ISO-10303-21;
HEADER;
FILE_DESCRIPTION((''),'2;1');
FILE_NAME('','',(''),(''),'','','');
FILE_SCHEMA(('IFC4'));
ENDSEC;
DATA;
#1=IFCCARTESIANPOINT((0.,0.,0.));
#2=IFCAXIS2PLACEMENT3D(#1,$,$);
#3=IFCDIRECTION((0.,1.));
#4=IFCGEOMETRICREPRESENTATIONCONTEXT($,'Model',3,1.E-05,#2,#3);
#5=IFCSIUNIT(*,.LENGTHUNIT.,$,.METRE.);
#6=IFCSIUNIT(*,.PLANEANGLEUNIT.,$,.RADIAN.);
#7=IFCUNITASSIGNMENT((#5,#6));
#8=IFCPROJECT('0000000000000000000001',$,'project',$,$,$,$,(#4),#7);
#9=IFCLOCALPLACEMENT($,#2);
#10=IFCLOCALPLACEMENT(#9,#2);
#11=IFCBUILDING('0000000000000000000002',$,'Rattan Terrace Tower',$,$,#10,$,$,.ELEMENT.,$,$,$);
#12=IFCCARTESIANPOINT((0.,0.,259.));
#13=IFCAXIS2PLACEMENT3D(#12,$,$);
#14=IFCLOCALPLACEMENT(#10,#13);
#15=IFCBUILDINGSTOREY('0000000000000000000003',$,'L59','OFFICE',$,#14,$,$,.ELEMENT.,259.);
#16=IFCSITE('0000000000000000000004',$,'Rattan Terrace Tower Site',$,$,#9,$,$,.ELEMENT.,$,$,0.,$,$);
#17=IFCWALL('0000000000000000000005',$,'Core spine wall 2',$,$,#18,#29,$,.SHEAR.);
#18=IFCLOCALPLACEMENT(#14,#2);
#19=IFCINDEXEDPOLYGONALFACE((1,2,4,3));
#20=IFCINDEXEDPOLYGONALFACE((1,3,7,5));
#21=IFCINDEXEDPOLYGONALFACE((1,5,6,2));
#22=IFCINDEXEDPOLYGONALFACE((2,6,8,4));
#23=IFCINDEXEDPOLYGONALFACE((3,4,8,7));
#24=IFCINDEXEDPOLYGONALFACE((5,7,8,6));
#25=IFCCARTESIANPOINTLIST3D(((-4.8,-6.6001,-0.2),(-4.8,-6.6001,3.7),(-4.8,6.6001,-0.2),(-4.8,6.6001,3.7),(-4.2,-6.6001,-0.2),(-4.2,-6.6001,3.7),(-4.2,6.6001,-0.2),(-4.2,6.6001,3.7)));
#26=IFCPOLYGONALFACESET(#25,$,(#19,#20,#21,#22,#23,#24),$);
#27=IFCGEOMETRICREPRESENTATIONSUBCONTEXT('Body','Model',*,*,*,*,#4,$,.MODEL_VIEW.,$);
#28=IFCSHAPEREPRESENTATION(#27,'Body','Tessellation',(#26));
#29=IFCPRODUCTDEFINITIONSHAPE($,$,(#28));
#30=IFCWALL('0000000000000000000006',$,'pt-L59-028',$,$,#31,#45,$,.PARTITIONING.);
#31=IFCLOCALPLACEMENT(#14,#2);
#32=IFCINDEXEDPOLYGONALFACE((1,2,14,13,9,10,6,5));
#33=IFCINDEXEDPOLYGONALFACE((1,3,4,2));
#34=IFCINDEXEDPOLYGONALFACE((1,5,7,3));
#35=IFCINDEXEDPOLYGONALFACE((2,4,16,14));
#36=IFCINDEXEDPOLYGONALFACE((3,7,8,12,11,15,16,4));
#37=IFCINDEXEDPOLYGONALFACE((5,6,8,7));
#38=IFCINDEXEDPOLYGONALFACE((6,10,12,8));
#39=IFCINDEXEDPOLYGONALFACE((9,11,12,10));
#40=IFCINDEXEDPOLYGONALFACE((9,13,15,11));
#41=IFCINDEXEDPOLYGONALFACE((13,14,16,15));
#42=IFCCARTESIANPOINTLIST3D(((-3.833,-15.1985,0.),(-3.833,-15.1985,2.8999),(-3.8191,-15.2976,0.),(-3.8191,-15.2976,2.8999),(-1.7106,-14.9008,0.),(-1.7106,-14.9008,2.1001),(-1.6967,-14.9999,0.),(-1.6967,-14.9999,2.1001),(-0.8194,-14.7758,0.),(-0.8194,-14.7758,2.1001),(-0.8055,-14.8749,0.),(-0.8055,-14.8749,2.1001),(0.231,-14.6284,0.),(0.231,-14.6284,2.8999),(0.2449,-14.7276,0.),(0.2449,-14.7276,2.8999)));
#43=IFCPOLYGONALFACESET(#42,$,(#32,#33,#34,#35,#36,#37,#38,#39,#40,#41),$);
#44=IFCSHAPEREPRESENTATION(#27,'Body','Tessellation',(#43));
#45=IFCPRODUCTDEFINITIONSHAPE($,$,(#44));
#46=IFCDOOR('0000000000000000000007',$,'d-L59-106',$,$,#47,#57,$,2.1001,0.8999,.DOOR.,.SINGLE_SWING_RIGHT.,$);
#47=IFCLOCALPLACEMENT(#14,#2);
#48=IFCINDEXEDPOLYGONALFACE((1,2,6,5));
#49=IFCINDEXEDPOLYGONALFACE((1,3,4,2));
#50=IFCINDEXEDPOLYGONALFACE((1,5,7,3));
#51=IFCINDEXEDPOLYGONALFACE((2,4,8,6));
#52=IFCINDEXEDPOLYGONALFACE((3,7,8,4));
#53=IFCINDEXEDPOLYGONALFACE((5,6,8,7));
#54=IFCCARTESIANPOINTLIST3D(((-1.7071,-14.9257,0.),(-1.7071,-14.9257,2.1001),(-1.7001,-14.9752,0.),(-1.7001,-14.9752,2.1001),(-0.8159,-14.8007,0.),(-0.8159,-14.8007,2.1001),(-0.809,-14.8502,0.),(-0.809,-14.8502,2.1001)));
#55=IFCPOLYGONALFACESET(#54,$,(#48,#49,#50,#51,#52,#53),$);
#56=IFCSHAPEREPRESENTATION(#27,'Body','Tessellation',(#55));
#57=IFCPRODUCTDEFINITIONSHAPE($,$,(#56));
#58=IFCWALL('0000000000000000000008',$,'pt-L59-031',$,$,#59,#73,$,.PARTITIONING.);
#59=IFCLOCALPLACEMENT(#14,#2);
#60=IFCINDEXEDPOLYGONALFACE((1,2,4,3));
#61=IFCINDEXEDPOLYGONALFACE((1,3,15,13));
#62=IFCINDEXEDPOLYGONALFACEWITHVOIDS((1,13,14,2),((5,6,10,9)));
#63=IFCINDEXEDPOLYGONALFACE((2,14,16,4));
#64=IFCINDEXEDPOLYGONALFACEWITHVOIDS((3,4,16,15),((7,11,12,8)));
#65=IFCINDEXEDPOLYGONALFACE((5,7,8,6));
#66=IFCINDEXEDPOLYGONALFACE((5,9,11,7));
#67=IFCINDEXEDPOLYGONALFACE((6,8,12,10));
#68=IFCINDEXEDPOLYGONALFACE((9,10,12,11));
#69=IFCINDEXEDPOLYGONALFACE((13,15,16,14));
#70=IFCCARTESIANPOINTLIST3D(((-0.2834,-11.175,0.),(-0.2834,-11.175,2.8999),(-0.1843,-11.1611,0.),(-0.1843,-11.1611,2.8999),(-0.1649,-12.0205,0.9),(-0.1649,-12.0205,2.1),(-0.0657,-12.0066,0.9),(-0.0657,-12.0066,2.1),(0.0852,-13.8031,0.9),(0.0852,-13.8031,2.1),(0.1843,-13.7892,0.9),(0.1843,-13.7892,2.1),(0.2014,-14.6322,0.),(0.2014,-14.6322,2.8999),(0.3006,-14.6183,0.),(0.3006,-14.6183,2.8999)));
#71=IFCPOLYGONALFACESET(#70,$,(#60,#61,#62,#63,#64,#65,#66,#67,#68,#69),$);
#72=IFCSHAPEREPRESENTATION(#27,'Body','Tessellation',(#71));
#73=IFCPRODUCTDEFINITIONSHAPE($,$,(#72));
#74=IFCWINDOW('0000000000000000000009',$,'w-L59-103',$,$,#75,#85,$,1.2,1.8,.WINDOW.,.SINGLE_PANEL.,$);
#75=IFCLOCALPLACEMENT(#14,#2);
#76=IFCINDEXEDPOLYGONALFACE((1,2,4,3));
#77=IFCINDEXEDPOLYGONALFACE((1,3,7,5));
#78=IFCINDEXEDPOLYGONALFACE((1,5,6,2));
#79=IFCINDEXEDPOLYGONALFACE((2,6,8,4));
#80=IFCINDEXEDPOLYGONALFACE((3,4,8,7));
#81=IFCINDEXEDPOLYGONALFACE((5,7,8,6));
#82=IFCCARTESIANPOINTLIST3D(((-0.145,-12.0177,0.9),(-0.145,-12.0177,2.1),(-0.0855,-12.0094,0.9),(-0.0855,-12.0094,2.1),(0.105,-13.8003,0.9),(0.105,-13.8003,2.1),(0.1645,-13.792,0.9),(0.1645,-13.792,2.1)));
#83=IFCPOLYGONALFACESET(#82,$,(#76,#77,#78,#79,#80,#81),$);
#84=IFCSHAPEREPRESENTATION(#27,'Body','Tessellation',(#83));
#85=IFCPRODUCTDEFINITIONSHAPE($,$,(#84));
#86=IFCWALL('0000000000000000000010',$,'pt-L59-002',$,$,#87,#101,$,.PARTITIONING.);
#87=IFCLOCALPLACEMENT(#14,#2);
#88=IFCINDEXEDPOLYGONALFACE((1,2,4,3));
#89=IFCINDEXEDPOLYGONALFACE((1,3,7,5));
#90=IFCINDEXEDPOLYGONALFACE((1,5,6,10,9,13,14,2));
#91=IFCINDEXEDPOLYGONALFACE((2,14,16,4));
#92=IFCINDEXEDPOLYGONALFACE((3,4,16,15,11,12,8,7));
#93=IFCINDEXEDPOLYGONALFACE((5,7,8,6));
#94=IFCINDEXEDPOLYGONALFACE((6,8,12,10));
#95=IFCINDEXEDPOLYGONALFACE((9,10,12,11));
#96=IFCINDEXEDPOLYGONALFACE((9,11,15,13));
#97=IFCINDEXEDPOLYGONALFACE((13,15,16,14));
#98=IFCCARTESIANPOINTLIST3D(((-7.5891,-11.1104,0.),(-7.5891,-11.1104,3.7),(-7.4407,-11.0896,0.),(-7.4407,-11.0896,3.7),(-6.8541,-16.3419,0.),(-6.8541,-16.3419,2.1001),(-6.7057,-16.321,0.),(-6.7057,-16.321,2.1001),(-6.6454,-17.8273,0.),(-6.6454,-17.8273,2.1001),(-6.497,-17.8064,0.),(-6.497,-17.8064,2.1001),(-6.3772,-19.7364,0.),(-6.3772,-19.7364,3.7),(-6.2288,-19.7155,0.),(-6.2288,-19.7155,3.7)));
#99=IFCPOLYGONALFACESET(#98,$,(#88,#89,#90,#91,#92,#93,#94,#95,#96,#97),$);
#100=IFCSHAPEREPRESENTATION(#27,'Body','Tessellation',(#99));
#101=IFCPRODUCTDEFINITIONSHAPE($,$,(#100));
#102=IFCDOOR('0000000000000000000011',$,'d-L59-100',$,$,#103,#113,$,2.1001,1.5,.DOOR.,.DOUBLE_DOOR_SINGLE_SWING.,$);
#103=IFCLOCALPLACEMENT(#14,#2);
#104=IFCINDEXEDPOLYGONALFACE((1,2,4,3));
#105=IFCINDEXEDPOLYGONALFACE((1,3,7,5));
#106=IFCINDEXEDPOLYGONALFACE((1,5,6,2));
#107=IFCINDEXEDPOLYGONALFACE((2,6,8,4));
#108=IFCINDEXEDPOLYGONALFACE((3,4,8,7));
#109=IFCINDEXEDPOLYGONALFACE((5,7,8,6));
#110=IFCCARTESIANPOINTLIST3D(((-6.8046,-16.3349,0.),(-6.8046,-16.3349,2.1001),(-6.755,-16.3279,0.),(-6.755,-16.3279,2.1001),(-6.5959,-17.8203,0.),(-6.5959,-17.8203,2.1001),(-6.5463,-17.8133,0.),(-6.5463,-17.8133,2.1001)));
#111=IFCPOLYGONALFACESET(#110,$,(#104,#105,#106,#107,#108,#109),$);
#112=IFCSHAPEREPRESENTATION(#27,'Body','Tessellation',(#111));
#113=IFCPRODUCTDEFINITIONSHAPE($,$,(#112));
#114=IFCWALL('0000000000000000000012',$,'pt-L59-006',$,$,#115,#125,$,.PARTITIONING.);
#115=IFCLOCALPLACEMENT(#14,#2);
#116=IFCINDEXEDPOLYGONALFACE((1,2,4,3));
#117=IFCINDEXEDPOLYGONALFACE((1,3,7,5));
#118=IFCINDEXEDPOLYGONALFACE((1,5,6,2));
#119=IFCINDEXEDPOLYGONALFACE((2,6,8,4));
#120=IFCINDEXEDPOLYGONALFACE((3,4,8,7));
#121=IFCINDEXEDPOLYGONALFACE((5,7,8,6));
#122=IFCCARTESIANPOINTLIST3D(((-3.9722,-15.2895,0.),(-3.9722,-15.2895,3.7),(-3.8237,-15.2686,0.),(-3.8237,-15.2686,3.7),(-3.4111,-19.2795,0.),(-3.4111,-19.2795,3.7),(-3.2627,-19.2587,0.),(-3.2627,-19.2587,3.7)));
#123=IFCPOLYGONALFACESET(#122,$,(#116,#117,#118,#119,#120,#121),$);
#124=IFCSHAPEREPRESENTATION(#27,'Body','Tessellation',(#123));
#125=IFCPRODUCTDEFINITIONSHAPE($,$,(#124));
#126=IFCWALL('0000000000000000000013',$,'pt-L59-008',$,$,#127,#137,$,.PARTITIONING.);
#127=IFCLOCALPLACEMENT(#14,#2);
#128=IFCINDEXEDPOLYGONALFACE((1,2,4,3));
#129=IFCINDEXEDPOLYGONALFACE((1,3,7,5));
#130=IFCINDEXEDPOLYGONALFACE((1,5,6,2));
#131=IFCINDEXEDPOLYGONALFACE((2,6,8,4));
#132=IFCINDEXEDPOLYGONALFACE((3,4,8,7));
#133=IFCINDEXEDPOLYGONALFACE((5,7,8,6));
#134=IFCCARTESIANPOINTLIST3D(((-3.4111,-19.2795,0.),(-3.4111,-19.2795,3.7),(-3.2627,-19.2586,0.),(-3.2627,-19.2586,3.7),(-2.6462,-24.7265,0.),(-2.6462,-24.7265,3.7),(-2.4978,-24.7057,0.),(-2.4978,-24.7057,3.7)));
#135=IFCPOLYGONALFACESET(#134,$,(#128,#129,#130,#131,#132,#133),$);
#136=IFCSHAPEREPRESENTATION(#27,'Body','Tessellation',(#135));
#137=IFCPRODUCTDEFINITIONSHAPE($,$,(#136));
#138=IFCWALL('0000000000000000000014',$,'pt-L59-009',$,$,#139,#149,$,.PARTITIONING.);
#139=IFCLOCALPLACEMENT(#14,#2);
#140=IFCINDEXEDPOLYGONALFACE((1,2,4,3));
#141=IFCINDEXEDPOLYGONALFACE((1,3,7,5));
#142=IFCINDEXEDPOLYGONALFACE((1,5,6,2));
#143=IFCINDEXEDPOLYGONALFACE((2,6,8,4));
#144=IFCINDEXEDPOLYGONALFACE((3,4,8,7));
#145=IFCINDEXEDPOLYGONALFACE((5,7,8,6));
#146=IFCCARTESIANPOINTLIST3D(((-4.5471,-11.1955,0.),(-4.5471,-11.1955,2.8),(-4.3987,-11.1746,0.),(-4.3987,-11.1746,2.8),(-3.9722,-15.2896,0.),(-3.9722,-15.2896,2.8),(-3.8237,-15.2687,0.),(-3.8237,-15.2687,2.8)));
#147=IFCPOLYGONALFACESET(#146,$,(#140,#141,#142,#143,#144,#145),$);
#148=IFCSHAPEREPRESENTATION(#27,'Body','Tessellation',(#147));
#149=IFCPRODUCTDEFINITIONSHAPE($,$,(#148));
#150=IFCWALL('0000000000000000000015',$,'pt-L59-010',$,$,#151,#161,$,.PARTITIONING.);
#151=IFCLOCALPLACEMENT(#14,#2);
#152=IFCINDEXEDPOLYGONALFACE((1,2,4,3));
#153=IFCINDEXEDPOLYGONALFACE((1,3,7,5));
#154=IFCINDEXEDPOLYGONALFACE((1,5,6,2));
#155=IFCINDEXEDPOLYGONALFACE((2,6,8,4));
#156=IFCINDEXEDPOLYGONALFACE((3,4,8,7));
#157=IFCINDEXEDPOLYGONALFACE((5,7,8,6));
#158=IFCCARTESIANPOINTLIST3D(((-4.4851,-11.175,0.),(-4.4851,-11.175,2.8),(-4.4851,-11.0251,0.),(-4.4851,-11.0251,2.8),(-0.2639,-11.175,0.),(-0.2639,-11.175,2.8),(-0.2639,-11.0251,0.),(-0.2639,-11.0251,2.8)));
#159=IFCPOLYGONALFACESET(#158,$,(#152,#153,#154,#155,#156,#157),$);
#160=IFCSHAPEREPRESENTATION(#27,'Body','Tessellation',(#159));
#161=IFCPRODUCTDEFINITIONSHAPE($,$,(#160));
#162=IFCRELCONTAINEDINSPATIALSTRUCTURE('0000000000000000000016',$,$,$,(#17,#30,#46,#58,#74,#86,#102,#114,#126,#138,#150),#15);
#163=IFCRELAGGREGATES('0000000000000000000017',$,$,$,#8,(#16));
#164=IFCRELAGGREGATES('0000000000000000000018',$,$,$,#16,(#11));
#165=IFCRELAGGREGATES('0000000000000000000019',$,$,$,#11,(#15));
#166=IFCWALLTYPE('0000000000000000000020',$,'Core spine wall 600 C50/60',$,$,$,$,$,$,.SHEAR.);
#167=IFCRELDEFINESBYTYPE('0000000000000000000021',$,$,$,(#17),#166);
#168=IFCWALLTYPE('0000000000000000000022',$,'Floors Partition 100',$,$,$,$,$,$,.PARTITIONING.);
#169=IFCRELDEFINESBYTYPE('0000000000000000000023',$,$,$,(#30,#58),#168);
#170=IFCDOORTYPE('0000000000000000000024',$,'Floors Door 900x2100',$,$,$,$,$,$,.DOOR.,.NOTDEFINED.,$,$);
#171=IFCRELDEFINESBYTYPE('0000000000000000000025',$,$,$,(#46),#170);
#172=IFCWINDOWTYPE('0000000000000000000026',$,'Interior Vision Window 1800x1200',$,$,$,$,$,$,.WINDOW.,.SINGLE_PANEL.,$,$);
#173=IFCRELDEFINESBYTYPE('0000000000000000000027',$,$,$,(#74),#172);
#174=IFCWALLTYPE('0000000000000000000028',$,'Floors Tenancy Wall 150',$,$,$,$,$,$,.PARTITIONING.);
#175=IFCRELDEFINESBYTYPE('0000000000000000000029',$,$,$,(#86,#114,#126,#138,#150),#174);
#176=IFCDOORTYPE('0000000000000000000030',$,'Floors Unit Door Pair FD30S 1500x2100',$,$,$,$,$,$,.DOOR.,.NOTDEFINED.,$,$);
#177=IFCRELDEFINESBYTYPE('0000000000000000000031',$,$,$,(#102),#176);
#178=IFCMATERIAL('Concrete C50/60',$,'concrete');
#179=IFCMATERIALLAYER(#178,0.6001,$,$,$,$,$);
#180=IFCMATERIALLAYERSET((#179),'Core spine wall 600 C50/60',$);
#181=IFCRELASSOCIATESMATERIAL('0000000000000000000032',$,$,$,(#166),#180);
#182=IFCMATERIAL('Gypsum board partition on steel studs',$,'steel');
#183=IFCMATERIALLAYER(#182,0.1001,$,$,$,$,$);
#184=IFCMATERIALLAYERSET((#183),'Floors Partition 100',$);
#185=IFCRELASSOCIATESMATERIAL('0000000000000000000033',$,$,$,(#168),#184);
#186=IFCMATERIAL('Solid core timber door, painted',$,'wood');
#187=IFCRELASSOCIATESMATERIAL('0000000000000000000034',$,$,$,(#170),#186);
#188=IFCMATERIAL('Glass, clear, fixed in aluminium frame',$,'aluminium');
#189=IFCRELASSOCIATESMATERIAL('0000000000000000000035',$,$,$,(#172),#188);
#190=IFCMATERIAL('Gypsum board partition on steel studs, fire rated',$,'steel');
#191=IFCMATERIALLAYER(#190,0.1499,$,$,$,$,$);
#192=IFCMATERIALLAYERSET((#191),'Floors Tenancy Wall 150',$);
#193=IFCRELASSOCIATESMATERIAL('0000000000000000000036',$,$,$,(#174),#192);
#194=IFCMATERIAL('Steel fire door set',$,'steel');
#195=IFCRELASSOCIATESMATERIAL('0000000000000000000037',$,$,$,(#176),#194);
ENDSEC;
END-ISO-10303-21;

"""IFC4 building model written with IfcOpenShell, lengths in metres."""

from ifc_helpers import new_model, si_unit, direction, frame, frame_2d, origin, place, context, subcontext, project, spatial, rectangle, extrude, material, layer, layer_set, type_object, element, fill, save


model = new_model("IFC4")

# Units and contexts
model_context = context("Model", 3, precision=1e-05, world=origin(), true_north=direction((0.0, 1.0)))
body_context = subcontext(model_context, "Body", "Model", "MODEL_VIEW")
ifc_project = project(units=[si_unit("LENGTHUNIT", "METRE"), si_unit("PLANEANGLEUNIT", "RADIAN")], contexts=[model_context])

# Site, building, storey
site_placement = place(None, origin())
site = spatial("IfcSite", under=ifc_project, at=site_placement, Name="Rattan Terrace Tower Site", CompositionType="ELEMENT", RefElevation=0.0)
building_placement = place(site_placement, origin())
building = spatial("IfcBuilding", under=site, at=building_placement, Name="Rattan Terrace Tower", CompositionType="ELEMENT")
storey_placement = place(building_placement, frame((0.0, 0.0, 259.0)))
storey = spatial("IfcBuildingStorey", under=building, at=storey_placement, Name="L59", Description="OFFICE", CompositionType="ELEMENT", Elevation=259.0)

# Wall
ifc_material_1 = material(Name="Concrete C50/60", Category="concrete")
ifc_layer_1 = layer(ifc_material_1, 0.6001)
ifc_layer_set_1 = layer_set([ifc_layer_1], Name="Core spine wall 600 C50/60")
wall_type_1 = type_object("IfcWallType", Name="Core spine wall 600 C50/60", PredefinedType="SHEAR", material=ifc_layer_set_1)
wall_1_placement = place(storey_placement, frame((-4.5, -6.6001, -0.2), z_axis=(0.0, 0.0, 1.0), x_axis=(0.0, 1.0, 0.0)))
element("IfcWall", 1, at=wall_1_placement, inside=storey, type_object=wall_type_1, Name="Core spine wall 2", PredefinedType="SHEAR", context=body_context, shape_type="SweptSolid", body=[
    extrude(rectangle(XDim=13.2002, YDim=0.6001, at=frame_2d((6.6001, 0.0))), origin(), (0.0, 0.0, 1.0), 3.8999),
])

# Wall, opening, door
ifc_material_2 = material(Name="Gypsum board partition on steel studs", Category="steel")
ifc_layer_2 = layer(ifc_material_2, 0.1001)
ifc_layer_set_2 = layer_set([ifc_layer_2], Name="Floors Partition 100")
wall_type_2 = type_object("IfcWallType", Name="Floors Partition 100", PredefinedType="PARTITIONING", material=ifc_layer_set_2)
wall_2_placement = place(storey_placement, frame((-3.8259, -15.248, 0.0), z_axis=(0.0, 0.0, 1.0), x_axis=(0.990304, 0.138914, 0.0)))
wall_2 = element("IfcWall", 2, at=wall_2_placement, inside=storey, type_object=wall_type_2, Name="pt-L59-028", PredefinedType="PARTITIONING", context=body_context, shape_type="SweptSolid", body=[
    extrude(rectangle(XDim=4.1038, YDim=0.1001, at=frame_2d((2.0518, 0.0))), origin(), (0.0, 0.0, 1.0), 2.8999),
])
opening_1_placement = place(wall_2_placement, frame((2.1431, 0.0, 0.0)))
opening_1 = element("IfcOpeningElement", 3, at=opening_1_placement, cuts=wall_2, PredefinedType="OPENING", context=body_context, shape_type="SweptSolid", body=[
    extrude(rectangle(XDim=0.8999, YDim=2.1001, at=frame_2d((0.45, 1.05))), frame((0.0, 0.0605, 0.0), z_axis=(0.0, -1.0, 0.0), x_axis=(1.0, 0.0, 0.0)), (0.0, 0.0, 1.0), 0.1211),
])
ifc_material_3 = material(Name="Solid core timber door, painted", Category="wood")
door_type_1 = type_object("IfcDoorType", Name="Floors Door 900x2100", OperationType="NOTDEFINED", PredefinedType="DOOR", material=ifc_material_3)
door_1_placement = place(opening_1_placement, origin())
door_1 = element("IfcDoor", 4, at=door_1_placement, inside=storey, type_object=door_type_1, Name="d-L59-106", OperationType="SINGLE_SWING_RIGHT", OverallHeight=2.1001, OverallWidth=0.8999, PredefinedType="DOOR", context=body_context, shape_type="SweptSolid", body=[
    extrude(rectangle(XDim=0.8999, YDim=2.1001, at=frame_2d((0.45, 1.05))), frame((0.0, 0.0249, 0.0), z_axis=(0.0, -1.0, 0.0), x_axis=(1.0, 0.0, 0.0)), (0.0, 0.0, 1.0), 0.05),
])
fill(opening_1, door_1)

# Wall, opening, window
wall_3_placement = place(storey_placement, frame((-0.2339, -11.168, 0.0), z_axis=(0.0, 0.0, 1.0), x_axis=(0.138895, -0.990307, 0.0)))
wall_3 = element("IfcWall", 5, at=wall_3_placement, inside=storey, type_object=wall_type_2, Name="pt-L59-031", PredefinedType="PARTITIONING", context=body_context, shape_type="SweptSolid", body=[
    extrude(rectangle(XDim=3.491, YDim=0.1001, at=frame_2d((1.7456, 0.0))), origin(), (0.0, 0.0, 1.0), 2.8999),
])
opening_2_placement = place(wall_3_placement, frame((0.854, 0.0, 0.8999)))
opening_2 = element("IfcOpeningElement", 6, at=opening_2_placement, cuts=wall_3, PredefinedType="OPENING", context=body_context, shape_type="SweptSolid", body=[
    extrude(rectangle(XDim=1.8, YDim=1.2, at=frame_2d((0.8999, 0.6001))), frame((0.0, 0.0605, 0.0), z_axis=(0.0, -1.0, 0.0), x_axis=(1.0, 0.0, 0.0)), (0.0, 0.0, 1.0), 0.1211),
])
ifc_material_4 = material(Name="Glass, clear, fixed in aluminium frame", Category="aluminium")
window_type = type_object("IfcWindowType", Name="Interior Vision Window 1800x1200", PartitioningType="SINGLE_PANEL", PredefinedType="WINDOW", material=ifc_material_4)
window_placement = place(opening_2_placement, origin())
window = element("IfcWindow", 7, at=window_placement, inside=storey, type_object=window_type, Name="w-L59-103", OverallHeight=1.2, OverallWidth=1.8, PartitioningType="SINGLE_PANEL", PredefinedType="WINDOW", context=body_context, shape_type="SweptSolid", body=[
    extrude(rectangle(XDim=1.8, YDim=1.2, at=frame_2d((0.8999, 0.6001))), frame((0.0, 0.03, 0.0), z_axis=(0.0, -1.0, 0.0), x_axis=(1.0, 0.0, 0.0)), (0.0, 0.0, 1.0), 0.0601),
])
fill(opening_2, window)

# Wall, opening, door
ifc_material_5 = material(Name="Gypsum board partition on steel studs, fire rated", Category="steel")
ifc_layer_3 = layer(ifc_material_5, 0.1499)
ifc_layer_set_3 = layer_set([ifc_layer_3], Name="Floors Tenancy Wall 150")
wall_type_3 = type_object("IfcWallType", Name="Floors Tenancy Wall 150", PredefinedType="PARTITIONING", material=ifc_layer_set_3)
wall_4_placement = place(storey_placement, frame((-6.303, -19.7261, 0.0), z_axis=(0.0, 0.0, 1.0), x_axis=(-0.139129, 0.990274, 0.0)))
wall_4 = element("IfcWall", 8, at=wall_4_placement, inside=storey, type_object=wall_type_3, Name="pt-L59-002", PredefinedType="PARTITIONING", context=body_context, shape_type="SweptSolid", body=[
    extrude(rectangle(XDim=8.7107, YDim=0.1499, at=frame_2d((4.3555, 0.0))), origin(), (0.0, 0.0, 1.0), 3.7),
])
opening_3_placement = place(wall_4_placement, frame((1.928, 0.0, 0.0)))
opening_3 = element("IfcOpeningElement", 9, at=opening_3_placement, cuts=wall_4, PredefinedType="OPENING", context=body_context, shape_type="SweptSolid", body=[
    extrude(rectangle(XDim=1.5, YDim=2.1001, at=frame_2d((0.75, 1.05))), frame((0.0, 0.0854, 0.0), z_axis=(0.0, -1.0, 0.0), x_axis=(1.0, 0.0, 0.0)), (0.0, 0.0, 1.0), 0.1709),
])
ifc_material_6 = material(Name="Steel fire door set", Category="steel")
door_type_2 = type_object("IfcDoorType", Name="Floors Unit Door Pair FD30S 1500x2100", OperationType="NOTDEFINED", PredefinedType="DOOR", material=ifc_material_6)
door_2_placement = place(opening_3_placement, origin())
door_2 = element("IfcDoor", 10, at=door_2_placement, inside=storey, type_object=door_type_2, Name="d-L59-100", OperationType="DOUBLE_DOOR_SINGLE_SWING", OverallHeight=2.1001, OverallWidth=1.5, PredefinedType="DOOR", context=body_context, shape_type="SweptSolid", body=[
    extrude(rectangle(XDim=1.5, YDim=2.1001, at=frame_2d((0.75, 1.05))), frame((0.0, 0.0249, 0.0), z_axis=(0.0, -1.0, 0.0), x_axis=(1.0, 0.0, 0.0)), (0.0, 0.0, 1.0), 0.05),
])
fill(opening_3, door_2)

# Walls
wall_5_placement = place(storey_placement, frame((-3.8979, -15.2791, 0.0), z_axis=(0.0, 0.0, 1.0), x_axis=(0.139241, -0.990259, 0.0)))
element("IfcWall", 11, at=wall_5_placement, inside=storey, type_object=wall_type_3, Name="pt-L59-006", PredefinedType="PARTITIONING", context=body_context, shape_type="SweptSolid", body=[
    extrude(rectangle(XDim=4.0293, YDim=0.1499, at=frame_2d((2.0146, 0.0))), origin(), (0.0, 0.0, 1.0), 3.7),
])
wall_6_placement = place(storey_placement, frame((-3.3369, -19.269, 0.0), z_axis=(0.0, 0.0, 1.0), x_axis=(0.13906, -0.990284, 0.0)))
element("IfcWall", 12, at=wall_6_placement, inside=storey, type_object=wall_type_3, Name="pt-L59-008", PredefinedType="PARTITIONING", context=body_context, shape_type="SweptSolid", body=[
    extrude(rectangle(XDim=5.5005, YDim=0.1499, at=frame_2d((2.7502, 0.0))), origin(), (0.0, 0.0, 1.0), 3.7),
])
wall_7_placement = place(storey_placement, frame((-4.4729, -11.1851, 0.0), z_axis=(0.0, 0.0, 1.0), x_axis=(0.139073, -0.990282, 0.0)))
element("IfcWall", 13, at=wall_7_placement, inside=storey, type_object=wall_type_3, Name="pt-L59-009", PredefinedType="PARTITIONING", context=body_context, shape_type="SweptSolid", body=[
    extrude(rectangle(XDim=4.1343, YDim=0.1499, at=frame_2d((2.0671, 0.0))), origin(), (0.0, 0.0, 1.0), 2.8),
])
wall_8_placement = place(storey_placement, frame((-0.2639, -11.1001, 0.0), z_axis=(0.0, 0.0, 1.0), x_axis=(-1.0, 0.0, 0.0)))
element("IfcWall", 14, at=wall_8_placement, inside=storey, type_object=wall_type_3, Name="pt-L59-010", PredefinedType="PARTITIONING", context=body_context, shape_type="SweptSolid", body=[
    extrude(rectangle(XDim=4.2212, YDim=0.1499, at=frame_2d((2.1106, 0.0))), origin(), (0.0, 0.0, 1.0), 2.8),
])

save(model, "model.ifc")
